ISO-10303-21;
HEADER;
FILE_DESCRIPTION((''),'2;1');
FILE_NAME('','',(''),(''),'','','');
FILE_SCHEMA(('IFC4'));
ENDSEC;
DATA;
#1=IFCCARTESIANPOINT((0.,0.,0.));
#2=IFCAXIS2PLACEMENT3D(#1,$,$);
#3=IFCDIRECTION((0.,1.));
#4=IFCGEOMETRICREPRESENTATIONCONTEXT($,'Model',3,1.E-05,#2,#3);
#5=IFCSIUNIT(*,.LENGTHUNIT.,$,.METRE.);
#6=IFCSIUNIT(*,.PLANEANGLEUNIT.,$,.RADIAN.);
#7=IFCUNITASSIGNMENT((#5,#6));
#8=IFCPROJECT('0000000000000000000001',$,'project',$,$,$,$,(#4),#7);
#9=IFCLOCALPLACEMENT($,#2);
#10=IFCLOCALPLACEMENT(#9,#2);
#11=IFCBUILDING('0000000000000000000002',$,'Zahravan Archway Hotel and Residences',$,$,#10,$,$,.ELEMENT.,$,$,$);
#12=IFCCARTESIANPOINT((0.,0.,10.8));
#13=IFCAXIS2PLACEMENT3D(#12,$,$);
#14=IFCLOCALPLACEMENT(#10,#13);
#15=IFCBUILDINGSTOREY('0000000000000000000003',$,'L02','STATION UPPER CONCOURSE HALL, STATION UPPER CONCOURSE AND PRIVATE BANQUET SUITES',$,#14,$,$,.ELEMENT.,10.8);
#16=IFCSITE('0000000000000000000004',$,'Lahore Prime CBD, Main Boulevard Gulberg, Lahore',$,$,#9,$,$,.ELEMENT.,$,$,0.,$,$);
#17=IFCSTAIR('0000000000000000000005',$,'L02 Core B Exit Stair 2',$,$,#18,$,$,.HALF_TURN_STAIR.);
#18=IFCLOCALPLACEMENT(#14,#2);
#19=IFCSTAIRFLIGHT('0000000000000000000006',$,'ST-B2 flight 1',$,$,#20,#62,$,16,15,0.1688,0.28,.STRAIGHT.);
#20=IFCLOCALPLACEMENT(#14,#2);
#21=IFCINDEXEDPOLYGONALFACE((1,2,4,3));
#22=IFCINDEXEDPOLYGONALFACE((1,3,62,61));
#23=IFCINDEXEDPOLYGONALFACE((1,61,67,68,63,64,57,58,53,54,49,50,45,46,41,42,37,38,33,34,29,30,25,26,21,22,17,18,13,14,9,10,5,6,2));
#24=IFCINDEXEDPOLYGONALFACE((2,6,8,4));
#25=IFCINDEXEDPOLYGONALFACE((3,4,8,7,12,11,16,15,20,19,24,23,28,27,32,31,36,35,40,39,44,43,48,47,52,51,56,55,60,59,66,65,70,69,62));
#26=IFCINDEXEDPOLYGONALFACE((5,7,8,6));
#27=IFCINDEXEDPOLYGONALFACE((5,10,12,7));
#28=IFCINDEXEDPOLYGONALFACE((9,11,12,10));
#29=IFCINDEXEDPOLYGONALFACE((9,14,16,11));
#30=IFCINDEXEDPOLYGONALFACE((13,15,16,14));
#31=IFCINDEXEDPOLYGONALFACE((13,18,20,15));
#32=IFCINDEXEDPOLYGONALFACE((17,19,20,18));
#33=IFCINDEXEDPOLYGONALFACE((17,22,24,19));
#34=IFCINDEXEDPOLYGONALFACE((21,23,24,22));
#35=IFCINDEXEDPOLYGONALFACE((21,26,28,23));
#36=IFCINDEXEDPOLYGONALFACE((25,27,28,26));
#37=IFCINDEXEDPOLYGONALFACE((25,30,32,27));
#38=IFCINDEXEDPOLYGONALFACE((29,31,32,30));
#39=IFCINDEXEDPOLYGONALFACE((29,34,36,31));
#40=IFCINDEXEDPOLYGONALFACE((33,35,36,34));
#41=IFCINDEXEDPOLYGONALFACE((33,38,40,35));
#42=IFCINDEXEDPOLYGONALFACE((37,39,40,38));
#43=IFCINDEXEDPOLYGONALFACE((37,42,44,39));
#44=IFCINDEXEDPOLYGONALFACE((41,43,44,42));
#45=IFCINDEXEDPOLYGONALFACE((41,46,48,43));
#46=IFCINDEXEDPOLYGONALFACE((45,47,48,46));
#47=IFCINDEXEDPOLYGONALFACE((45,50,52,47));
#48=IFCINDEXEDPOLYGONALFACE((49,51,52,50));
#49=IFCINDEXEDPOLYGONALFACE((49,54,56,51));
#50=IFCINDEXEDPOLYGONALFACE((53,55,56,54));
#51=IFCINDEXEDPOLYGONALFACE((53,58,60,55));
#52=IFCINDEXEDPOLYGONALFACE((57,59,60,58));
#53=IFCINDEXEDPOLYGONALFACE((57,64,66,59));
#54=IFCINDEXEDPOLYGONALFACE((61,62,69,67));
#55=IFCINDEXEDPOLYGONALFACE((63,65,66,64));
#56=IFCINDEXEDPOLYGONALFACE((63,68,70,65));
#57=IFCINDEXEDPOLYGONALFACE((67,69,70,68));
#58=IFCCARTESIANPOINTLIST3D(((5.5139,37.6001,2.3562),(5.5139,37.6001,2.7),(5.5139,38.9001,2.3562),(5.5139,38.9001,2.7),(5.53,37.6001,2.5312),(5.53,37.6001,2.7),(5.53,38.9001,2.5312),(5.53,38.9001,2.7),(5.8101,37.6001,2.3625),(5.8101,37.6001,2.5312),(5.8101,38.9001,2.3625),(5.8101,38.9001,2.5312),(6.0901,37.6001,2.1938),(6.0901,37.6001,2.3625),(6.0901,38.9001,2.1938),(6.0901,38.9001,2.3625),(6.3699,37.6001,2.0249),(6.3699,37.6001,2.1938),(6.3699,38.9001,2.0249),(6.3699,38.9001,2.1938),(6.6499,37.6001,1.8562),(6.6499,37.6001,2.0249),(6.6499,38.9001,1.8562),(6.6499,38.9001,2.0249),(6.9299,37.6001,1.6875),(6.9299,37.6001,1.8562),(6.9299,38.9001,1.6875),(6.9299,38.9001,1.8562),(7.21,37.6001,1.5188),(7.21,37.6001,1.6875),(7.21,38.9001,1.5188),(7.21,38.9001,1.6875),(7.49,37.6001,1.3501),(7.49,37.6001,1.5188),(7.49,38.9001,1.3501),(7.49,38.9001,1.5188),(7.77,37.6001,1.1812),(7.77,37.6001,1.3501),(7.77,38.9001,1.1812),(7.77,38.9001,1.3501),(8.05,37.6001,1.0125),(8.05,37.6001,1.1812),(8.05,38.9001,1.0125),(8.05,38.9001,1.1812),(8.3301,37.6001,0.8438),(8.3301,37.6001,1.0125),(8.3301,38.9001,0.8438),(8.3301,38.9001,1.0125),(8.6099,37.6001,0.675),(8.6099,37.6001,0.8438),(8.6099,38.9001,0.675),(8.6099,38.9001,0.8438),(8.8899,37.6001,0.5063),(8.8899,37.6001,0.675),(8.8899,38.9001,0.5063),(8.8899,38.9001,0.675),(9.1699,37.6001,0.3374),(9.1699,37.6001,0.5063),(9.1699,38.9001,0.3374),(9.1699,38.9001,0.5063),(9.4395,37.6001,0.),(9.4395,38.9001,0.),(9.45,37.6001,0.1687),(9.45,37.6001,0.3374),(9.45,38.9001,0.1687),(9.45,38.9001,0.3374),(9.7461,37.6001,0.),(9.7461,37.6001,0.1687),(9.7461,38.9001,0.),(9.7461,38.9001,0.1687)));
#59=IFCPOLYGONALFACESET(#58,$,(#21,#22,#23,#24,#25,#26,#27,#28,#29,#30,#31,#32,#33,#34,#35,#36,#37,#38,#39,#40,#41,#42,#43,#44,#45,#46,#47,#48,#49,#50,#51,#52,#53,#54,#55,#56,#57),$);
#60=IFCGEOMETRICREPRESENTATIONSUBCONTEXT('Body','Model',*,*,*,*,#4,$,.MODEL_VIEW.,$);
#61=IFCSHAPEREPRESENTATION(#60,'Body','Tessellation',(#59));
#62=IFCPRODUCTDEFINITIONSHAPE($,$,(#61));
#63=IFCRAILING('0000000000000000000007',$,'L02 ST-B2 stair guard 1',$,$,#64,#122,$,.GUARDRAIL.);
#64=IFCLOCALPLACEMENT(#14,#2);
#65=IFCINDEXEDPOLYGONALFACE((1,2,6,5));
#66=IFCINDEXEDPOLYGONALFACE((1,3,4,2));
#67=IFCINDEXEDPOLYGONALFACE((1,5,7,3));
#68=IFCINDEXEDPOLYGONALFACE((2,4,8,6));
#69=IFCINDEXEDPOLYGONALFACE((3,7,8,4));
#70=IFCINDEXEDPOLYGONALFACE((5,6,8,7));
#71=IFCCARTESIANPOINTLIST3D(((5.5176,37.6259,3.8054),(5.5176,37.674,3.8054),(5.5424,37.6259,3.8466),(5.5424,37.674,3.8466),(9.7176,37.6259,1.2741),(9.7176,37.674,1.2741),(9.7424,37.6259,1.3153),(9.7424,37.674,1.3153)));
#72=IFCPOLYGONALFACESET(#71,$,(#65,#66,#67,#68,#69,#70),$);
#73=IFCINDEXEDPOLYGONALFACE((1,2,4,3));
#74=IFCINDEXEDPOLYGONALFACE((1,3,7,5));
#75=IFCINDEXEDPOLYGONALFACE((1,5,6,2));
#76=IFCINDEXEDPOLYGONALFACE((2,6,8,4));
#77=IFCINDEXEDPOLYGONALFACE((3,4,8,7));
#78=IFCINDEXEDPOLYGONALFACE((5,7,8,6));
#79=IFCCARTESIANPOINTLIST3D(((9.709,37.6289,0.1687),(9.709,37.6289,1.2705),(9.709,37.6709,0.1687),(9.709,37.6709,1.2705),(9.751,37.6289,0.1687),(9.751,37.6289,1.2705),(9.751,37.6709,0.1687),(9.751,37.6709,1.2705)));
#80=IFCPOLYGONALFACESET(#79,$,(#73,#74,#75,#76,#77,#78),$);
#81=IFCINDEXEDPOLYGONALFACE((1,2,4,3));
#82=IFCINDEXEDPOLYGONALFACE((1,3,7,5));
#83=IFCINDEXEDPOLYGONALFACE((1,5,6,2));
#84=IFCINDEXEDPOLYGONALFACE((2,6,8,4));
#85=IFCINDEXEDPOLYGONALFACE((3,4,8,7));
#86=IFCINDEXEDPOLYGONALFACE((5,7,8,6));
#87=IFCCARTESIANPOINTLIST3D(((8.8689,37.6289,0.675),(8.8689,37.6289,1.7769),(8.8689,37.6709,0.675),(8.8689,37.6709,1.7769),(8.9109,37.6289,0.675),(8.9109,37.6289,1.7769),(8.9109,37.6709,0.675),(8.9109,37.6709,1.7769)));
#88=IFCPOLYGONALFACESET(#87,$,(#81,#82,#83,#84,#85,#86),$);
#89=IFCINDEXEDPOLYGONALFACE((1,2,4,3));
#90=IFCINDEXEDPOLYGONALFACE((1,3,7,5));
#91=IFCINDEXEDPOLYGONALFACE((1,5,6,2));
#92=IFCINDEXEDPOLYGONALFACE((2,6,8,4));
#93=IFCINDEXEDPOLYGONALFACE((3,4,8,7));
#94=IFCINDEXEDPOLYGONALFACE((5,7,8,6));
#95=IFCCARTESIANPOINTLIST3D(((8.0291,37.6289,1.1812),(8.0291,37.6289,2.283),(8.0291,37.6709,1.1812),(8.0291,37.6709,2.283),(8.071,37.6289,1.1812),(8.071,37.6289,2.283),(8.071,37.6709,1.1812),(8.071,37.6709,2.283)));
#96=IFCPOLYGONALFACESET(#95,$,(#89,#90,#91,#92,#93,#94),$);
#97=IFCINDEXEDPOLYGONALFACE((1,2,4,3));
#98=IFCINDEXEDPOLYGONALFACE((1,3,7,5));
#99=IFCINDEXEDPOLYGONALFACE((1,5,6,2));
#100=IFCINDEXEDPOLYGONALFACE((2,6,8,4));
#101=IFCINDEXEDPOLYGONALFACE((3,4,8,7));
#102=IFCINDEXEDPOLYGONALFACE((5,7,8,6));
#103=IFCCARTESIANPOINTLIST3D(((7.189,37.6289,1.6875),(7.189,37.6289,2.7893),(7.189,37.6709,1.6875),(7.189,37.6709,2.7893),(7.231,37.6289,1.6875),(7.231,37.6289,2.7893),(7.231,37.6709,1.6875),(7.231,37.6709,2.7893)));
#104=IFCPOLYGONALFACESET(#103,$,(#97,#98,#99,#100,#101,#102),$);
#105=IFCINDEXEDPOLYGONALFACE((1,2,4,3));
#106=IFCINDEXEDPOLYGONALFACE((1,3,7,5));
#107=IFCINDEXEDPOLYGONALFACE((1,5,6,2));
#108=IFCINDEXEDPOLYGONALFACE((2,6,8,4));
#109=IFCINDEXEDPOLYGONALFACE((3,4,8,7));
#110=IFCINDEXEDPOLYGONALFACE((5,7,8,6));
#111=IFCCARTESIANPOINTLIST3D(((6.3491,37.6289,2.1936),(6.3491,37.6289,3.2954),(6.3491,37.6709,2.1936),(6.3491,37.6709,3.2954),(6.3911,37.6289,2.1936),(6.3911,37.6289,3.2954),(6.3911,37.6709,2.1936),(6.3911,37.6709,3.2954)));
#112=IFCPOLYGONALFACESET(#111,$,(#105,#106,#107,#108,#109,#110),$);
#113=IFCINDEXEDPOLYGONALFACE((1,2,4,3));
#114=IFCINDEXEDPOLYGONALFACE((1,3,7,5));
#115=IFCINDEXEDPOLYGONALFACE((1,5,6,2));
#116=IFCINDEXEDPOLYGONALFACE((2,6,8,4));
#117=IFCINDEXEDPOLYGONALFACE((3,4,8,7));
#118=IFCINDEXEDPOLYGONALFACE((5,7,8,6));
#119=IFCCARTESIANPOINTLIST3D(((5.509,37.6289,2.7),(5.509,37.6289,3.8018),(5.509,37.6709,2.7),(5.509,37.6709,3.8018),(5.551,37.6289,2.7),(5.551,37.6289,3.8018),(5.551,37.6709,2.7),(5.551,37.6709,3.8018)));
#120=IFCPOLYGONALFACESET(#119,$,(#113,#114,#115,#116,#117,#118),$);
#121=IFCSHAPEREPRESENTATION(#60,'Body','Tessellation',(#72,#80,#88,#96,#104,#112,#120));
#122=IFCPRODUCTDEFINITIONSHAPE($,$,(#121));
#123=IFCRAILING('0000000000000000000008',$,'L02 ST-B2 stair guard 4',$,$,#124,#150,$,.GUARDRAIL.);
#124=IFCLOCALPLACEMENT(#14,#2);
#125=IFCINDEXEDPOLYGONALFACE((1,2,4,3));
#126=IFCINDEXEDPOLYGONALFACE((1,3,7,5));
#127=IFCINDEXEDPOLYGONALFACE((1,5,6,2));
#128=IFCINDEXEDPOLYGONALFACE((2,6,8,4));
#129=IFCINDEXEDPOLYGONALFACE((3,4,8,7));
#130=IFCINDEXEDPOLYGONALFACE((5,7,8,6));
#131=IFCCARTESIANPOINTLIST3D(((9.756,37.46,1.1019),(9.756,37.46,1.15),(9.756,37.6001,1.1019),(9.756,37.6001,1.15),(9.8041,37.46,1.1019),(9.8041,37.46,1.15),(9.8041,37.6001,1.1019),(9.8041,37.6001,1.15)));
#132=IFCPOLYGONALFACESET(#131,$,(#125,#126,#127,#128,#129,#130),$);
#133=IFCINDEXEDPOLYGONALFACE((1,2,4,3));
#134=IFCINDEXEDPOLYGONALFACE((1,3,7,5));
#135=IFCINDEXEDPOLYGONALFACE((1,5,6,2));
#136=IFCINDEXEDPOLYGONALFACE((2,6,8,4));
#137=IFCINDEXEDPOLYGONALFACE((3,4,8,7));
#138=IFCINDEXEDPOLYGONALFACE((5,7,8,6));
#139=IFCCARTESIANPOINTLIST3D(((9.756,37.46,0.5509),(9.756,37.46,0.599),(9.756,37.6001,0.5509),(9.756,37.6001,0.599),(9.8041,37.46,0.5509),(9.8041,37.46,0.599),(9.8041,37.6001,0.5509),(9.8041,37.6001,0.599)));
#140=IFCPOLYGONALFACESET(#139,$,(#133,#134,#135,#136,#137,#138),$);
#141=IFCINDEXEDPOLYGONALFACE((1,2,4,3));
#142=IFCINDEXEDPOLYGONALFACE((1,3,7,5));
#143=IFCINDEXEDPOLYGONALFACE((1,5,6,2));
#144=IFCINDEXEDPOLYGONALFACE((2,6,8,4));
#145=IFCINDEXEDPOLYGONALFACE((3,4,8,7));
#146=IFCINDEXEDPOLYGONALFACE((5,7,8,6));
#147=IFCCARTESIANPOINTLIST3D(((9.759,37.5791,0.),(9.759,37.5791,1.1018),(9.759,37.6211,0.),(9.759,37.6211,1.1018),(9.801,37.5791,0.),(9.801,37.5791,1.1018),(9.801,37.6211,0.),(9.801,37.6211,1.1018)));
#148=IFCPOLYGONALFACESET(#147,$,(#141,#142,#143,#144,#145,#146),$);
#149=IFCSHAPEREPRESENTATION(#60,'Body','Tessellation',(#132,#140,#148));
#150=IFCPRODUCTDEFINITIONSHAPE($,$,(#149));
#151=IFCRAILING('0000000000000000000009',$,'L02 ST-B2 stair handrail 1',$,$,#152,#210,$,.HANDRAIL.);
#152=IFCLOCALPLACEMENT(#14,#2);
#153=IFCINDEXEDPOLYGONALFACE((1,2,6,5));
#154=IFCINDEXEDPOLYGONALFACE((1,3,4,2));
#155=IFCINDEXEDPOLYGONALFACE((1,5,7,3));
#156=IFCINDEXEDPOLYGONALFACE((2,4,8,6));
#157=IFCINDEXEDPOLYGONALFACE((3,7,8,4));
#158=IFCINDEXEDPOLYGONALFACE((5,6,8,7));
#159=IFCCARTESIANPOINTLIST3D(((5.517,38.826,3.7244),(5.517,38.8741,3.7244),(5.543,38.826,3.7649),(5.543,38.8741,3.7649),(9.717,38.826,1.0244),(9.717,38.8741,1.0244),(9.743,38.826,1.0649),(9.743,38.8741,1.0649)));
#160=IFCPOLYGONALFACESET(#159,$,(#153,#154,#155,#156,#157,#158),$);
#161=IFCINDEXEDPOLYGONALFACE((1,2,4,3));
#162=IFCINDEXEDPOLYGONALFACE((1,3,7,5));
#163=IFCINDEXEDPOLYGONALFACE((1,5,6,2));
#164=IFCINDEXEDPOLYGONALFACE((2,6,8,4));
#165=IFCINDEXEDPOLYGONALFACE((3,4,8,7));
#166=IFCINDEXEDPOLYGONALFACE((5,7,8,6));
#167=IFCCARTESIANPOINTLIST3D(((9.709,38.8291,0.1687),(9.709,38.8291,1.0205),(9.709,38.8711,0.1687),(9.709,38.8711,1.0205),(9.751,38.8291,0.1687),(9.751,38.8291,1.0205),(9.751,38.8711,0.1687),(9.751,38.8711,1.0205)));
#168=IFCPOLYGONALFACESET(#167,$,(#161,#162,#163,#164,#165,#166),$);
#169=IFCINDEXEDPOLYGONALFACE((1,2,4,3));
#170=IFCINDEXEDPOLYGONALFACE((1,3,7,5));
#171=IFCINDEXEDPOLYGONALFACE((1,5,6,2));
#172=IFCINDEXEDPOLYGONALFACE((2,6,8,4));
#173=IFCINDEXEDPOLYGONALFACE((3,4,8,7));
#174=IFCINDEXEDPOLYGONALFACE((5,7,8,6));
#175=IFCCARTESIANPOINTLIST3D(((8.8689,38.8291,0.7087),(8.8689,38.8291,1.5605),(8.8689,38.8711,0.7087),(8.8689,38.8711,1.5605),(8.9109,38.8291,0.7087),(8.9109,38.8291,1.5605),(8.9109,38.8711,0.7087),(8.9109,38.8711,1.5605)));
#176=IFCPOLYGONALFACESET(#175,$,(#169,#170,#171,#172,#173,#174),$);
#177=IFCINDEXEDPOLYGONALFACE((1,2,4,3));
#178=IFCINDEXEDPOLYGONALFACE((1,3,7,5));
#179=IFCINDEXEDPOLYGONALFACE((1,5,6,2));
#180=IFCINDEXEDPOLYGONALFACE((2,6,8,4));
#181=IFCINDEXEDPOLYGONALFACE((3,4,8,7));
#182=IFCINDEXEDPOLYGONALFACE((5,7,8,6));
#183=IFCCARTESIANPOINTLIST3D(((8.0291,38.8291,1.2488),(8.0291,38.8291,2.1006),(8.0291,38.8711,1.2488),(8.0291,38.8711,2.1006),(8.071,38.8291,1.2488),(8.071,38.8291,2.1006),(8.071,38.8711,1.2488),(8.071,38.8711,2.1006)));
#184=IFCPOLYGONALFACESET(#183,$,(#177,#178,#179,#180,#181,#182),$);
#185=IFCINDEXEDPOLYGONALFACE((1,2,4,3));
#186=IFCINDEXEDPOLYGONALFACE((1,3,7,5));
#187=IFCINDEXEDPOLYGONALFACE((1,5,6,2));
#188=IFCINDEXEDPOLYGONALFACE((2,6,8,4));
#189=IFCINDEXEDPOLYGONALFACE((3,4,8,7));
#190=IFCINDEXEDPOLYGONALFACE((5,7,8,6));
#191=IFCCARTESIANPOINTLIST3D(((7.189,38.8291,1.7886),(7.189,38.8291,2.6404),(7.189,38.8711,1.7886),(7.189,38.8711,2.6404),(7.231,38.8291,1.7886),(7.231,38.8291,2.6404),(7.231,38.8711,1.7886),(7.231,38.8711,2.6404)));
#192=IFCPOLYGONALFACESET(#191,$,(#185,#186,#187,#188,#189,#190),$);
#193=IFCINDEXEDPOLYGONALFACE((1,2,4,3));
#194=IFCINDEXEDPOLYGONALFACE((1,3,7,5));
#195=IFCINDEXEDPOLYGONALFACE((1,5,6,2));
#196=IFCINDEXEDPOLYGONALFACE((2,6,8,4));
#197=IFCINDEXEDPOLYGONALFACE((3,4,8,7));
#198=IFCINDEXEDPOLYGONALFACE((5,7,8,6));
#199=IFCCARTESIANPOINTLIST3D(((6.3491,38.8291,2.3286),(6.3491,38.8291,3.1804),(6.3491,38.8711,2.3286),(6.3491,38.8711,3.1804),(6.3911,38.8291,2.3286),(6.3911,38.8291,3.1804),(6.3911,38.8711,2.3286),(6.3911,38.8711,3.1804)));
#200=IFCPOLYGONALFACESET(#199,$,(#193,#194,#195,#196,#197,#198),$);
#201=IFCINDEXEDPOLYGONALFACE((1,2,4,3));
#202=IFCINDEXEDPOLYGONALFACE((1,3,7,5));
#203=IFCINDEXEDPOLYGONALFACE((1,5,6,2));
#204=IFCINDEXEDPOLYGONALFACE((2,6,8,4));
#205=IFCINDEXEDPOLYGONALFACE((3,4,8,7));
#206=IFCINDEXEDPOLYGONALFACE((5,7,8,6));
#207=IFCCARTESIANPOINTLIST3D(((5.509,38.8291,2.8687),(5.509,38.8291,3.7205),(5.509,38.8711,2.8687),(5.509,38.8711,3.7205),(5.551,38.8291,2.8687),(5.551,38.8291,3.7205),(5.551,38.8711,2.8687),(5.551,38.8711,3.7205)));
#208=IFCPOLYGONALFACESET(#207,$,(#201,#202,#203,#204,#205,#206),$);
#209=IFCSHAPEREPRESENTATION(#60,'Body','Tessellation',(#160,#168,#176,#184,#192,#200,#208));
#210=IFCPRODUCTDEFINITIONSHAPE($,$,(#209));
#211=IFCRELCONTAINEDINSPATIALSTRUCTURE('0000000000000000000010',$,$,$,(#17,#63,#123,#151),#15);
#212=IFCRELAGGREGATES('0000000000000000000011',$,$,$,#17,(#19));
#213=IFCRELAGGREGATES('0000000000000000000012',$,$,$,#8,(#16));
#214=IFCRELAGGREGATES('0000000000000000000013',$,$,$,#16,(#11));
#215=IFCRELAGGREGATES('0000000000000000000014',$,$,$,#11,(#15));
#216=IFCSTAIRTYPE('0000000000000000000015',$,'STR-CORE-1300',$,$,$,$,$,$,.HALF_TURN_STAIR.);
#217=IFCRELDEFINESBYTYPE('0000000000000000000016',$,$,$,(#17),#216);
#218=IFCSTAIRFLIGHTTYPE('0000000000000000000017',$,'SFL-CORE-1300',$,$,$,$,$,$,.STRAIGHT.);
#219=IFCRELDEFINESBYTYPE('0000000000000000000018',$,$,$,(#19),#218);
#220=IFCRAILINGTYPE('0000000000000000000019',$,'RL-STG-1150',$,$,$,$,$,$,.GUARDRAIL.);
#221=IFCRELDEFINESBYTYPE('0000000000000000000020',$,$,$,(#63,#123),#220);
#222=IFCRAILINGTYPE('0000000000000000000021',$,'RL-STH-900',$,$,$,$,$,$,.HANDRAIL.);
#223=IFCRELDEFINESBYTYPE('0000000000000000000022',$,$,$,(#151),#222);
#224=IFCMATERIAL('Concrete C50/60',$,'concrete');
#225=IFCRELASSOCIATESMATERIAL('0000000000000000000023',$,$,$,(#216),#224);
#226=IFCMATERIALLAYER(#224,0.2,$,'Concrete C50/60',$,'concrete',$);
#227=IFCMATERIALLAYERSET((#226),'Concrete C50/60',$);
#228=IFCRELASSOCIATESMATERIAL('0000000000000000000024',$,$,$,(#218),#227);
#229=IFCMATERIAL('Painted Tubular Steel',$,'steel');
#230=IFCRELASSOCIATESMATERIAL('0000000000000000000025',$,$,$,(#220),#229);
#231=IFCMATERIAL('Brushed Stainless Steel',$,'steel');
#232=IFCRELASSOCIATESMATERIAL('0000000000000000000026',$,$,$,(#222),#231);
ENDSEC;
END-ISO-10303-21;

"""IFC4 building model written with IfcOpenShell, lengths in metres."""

from ifc_helpers import new_model, si_unit, direction, frame, origin, origin_2d, place, context, subcontext, project, spatial, polyline, rectangle, outline, extrude, source, transform, mapped, material, layer, layer_set, type_object, element, aggregate, save


model = new_model("IFC4")

# Units and contexts
model_context = context("Model", 3, precision=1e-05, world=origin(), true_north=direction((0.0, 1.0)))
body_context = subcontext(model_context, "Body", "Model", "MODEL_VIEW")
ifc_project = project(units=[si_unit("LENGTHUNIT", "METRE"), si_unit("PLANEANGLEUNIT", "RADIAN")], contexts=[model_context])

# Site, building, storey
site_placement = place(None, origin())
site = spatial("IfcSite", under=ifc_project, at=site_placement, Name="Lahore Prime CBD, Main Boulevard Gulberg, Lahore", CompositionType="ELEMENT", RefElevation=0.0)
building_placement = place(site_placement, origin())
building = spatial("IfcBuilding", under=site, at=building_placement, Name="Zahravan Archway Hotel and Residences", CompositionType="ELEMENT")
storey_placement = place(building_placement, frame((0.0, 0.0, 10.8)))
storey = spatial("IfcBuildingStorey", under=building, at=storey_placement, Name="L02", Description="STATION UPPER CONCOURSE HALL, STATION UPPER CONCOURSE AND PRIVATE BANQUET SUITES", CompositionType="ELEMENT", Elevation=10.8)

# Shared definitions
ifc_material_1 = material(Name="Concrete C50/60", Category="concrete")

# Stair, stair flight
stair_type = type_object("IfcStairType", Name="STR-CORE-1300", PredefinedType="HALF_TURN_STAIR", material=ifc_material_1)
stair_placement = place(storey_placement, origin())
stair = element("IfcStair", 1, at=stair_placement, inside=storey, type_object=stair_type, Name="L02 Core B Exit Stair 2", PredefinedType="HALF_TURN_STAIR")
ifc_layer_1 = layer(ifc_material_1, 0.2, Name="Concrete C50/60", Category="concrete")
ifc_layer_set_1 = layer_set([ifc_layer_1], Name="Concrete C50/60")
stair_flight_type = type_object("IfcStairFlightType", Name="SFL-CORE-1300", PredefinedType="STRAIGHT", material=ifc_layer_set_1)
shared_shape_1 = source(origin(), body_context, "Body", "SweptSolid", [
    extrude(outline(polyline([(-0.0161, 0.0), (-0.0161, 0.1687), (0.28, 0.1687), (0.28, 0.3374), (0.5601, 0.3374), (0.5601, 0.5063), (0.8401, 0.5063), (0.8401, 0.675), (1.1201, 0.675), (1.1201, 0.8438), (1.3999, 0.8438), (1.3999, 1.0125), (1.6799, 1.0125), (1.6799, 1.1812), (1.96, 1.1812), (1.96, 1.3501), (2.24, 1.3501), (2.24, 1.5188), (2.52, 1.5188), (2.52, 1.6875), (2.8, 1.6875), (2.8, 1.8562), (3.0801, 1.8562), (3.0801, 2.0249), (3.3601, 2.0249), (3.3601, 2.1938), (3.6399, 2.1938), (3.6399, 2.3625), (3.9199, 2.3625), (3.9199, 2.5312), (4.2, 2.5312), (4.2, 2.7), (4.2161, 2.7), (4.2161, 2.3562), (0.2905, 0.0), (-0.0161, 0.0)])), frame((0.0, 0.6499, 0.0), z_axis=(0.0, -1.0, 0.0), x_axis=(1.0, 0.0, 0.0)), (0.0, 0.0, 1.0), 1.3),
])
stair_flight_placement = place(storey_placement, frame((9.73, 38.25, 0.0), z_axis=(0.0, 0.0, 1.0), x_axis=(-1.0, 0.0, 0.0)))
stair_flight = element("IfcStairFlight", 2, at=stair_flight_placement, type_object=stair_flight_type, Name="ST-B2 flight 1", NumberOfRisers=16, NumberOfTreads=15, PredefinedType="STRAIGHT", RiserHeight=0.1688, TreadLength=0.28, context=body_context, shape_type="MappedRepresentation", body=[
    mapped(shared_shape_1, transform((0.0, 0.0, 0.0), scale=1.0)),
])
aggregate(stair, [stair_flight])

# Railings
ifc_material_2 = material(Name="Painted Tubular Steel", Category="steel")
railing_type_1 = type_object("IfcRailingType", Name="RL-STG-1150", PredefinedType="GUARDRAIL", material=ifc_material_2)
railing_1_placement = place(storey_placement, frame((9.73, 37.6499, 0.1687)))
element("IfcRailing", 3, at=railing_1_placement, inside=storey, type_object=railing_type_1, Name="L02 ST-B2 stair guard 1", PredefinedType="GUARDRAIL", context=body_context, shape_type="SweptSolid", body=[
    extrude(rectangle(XDim=0.0481, YDim=0.0481, at=origin_2d()), frame((0.0, 0.0, 1.126), z_axis=(-0.856476, 0.0, 0.516186), x_axis=(0.0, -1.0, 0.0)), (0.0, 0.0, 1.0), 4.9038),
    extrude(rectangle(XDim=0.042, YDim=0.042, at=origin_2d()), origin(), (0.0, 0.0, 1.0), 1.1018),
    extrude(rectangle(XDim=0.042, YDim=0.042, at=origin_2d()), frame((-0.8401, 0.0, 0.5063)), (0.0, 0.0, 1.0), 1.1018),
    extrude(rectangle(XDim=0.042, YDim=0.042, at=origin_2d()), frame((-1.6799, 0.0, 1.0125)), (0.0, 0.0, 1.0), 1.1018),
    extrude(rectangle(XDim=0.042, YDim=0.042, at=origin_2d()), frame((-2.52, 0.0, 1.5188)), (0.0, 0.0, 1.0), 1.1018),
    extrude(rectangle(XDim=0.042, YDim=0.042, at=origin_2d()), frame((-3.3599, 0.0, 2.0249)), (0.0, 0.0, 1.0), 1.1018),
    extrude(rectangle(XDim=0.042, YDim=0.042, at=origin_2d()), frame((-4.2, 0.0, 2.5312)), (0.0, 0.0, 1.0), 1.1018),
])
railing_2_placement = place(storey_placement, frame((9.78, 37.6001, 0.0)))
element("IfcRailing", 4, at=railing_2_placement, inside=storey, type_object=railing_type_1, Name="L02 ST-B2 stair guard 4", PredefinedType="GUARDRAIL", context=body_context, shape_type="SweptSolid", body=[
    extrude(rectangle(XDim=0.0481, YDim=0.0481, at=origin_2d()), frame((0.0, 0.0, 1.126), z_axis=(0.0, -1.0, 0.0), x_axis=(1.0, 0.0, 0.0)), (0.0, 0.0, 1.0), 0.1401),
    extrude(rectangle(XDim=0.0481, YDim=0.0481, at=origin_2d()), frame((0.0, 0.0, 0.575), z_axis=(0.0, -1.0, 0.0), x_axis=(1.0, 0.0, 0.0)), (0.0, 0.0, 1.0), 0.1401),
    extrude(rectangle(XDim=0.042, YDim=0.042, at=origin_2d()), origin(), (0.0, 0.0, 1.0), 1.1018),
])
ifc_material_3 = material(Name="Brushed Stainless Steel", Category="steel")
railing_type_2 = type_object("IfcRailingType", Name="RL-STH-900", PredefinedType="HANDRAIL", material=ifc_material_3)
railing_3_placement = place(storey_placement, frame((9.73, 38.8501, 0.1687)))
element("IfcRailing", 5, at=railing_3_placement, inside=storey, type_object=railing_type_2, Name="L02 ST-B2 stair handrail 1", PredefinedType="HANDRAIL", context=body_context, shape_type="SweptSolid", body=[
    extrude(rectangle(XDim=0.0481, YDim=0.0481, at=origin_2d()), frame((0.0, 0.0, 0.876), z_axis=(-0.84118, 0.0, 0.540755), x_axis=(0.0, -1.0, 0.0)), (0.0, 0.0, 1.0), 4.9929),
    extrude(rectangle(XDim=0.042, YDim=0.042, at=origin_2d()), origin(), (0.0, 0.0, 1.0), 0.8518),
    extrude(rectangle(XDim=0.042, YDim=0.042, at=origin_2d()), frame((-0.8401, 0.0, 0.54)), (0.0, 0.0, 1.0), 0.8518),
    extrude(rectangle(XDim=0.042, YDim=0.042, at=origin_2d()), frame((-1.6799, 0.0, 1.0801)), (0.0, 0.0, 1.0), 0.8518),
    extrude(rectangle(XDim=0.042, YDim=0.042, at=origin_2d()), frame((-2.52, 0.0, 1.6199)), (0.0, 0.0, 1.0), 0.8518),
    extrude(rectangle(XDim=0.042, YDim=0.042, at=origin_2d()), frame((-3.3599, 0.0, 2.1599)), (0.0, 0.0, 1.0), 0.8518),
    extrude(rectangle(XDim=0.042, YDim=0.042, at=origin_2d()), frame((-4.2, 0.0, 2.7)), (0.0, 0.0, 1.0), 0.8518),
])

save(model, "model.ifc")
